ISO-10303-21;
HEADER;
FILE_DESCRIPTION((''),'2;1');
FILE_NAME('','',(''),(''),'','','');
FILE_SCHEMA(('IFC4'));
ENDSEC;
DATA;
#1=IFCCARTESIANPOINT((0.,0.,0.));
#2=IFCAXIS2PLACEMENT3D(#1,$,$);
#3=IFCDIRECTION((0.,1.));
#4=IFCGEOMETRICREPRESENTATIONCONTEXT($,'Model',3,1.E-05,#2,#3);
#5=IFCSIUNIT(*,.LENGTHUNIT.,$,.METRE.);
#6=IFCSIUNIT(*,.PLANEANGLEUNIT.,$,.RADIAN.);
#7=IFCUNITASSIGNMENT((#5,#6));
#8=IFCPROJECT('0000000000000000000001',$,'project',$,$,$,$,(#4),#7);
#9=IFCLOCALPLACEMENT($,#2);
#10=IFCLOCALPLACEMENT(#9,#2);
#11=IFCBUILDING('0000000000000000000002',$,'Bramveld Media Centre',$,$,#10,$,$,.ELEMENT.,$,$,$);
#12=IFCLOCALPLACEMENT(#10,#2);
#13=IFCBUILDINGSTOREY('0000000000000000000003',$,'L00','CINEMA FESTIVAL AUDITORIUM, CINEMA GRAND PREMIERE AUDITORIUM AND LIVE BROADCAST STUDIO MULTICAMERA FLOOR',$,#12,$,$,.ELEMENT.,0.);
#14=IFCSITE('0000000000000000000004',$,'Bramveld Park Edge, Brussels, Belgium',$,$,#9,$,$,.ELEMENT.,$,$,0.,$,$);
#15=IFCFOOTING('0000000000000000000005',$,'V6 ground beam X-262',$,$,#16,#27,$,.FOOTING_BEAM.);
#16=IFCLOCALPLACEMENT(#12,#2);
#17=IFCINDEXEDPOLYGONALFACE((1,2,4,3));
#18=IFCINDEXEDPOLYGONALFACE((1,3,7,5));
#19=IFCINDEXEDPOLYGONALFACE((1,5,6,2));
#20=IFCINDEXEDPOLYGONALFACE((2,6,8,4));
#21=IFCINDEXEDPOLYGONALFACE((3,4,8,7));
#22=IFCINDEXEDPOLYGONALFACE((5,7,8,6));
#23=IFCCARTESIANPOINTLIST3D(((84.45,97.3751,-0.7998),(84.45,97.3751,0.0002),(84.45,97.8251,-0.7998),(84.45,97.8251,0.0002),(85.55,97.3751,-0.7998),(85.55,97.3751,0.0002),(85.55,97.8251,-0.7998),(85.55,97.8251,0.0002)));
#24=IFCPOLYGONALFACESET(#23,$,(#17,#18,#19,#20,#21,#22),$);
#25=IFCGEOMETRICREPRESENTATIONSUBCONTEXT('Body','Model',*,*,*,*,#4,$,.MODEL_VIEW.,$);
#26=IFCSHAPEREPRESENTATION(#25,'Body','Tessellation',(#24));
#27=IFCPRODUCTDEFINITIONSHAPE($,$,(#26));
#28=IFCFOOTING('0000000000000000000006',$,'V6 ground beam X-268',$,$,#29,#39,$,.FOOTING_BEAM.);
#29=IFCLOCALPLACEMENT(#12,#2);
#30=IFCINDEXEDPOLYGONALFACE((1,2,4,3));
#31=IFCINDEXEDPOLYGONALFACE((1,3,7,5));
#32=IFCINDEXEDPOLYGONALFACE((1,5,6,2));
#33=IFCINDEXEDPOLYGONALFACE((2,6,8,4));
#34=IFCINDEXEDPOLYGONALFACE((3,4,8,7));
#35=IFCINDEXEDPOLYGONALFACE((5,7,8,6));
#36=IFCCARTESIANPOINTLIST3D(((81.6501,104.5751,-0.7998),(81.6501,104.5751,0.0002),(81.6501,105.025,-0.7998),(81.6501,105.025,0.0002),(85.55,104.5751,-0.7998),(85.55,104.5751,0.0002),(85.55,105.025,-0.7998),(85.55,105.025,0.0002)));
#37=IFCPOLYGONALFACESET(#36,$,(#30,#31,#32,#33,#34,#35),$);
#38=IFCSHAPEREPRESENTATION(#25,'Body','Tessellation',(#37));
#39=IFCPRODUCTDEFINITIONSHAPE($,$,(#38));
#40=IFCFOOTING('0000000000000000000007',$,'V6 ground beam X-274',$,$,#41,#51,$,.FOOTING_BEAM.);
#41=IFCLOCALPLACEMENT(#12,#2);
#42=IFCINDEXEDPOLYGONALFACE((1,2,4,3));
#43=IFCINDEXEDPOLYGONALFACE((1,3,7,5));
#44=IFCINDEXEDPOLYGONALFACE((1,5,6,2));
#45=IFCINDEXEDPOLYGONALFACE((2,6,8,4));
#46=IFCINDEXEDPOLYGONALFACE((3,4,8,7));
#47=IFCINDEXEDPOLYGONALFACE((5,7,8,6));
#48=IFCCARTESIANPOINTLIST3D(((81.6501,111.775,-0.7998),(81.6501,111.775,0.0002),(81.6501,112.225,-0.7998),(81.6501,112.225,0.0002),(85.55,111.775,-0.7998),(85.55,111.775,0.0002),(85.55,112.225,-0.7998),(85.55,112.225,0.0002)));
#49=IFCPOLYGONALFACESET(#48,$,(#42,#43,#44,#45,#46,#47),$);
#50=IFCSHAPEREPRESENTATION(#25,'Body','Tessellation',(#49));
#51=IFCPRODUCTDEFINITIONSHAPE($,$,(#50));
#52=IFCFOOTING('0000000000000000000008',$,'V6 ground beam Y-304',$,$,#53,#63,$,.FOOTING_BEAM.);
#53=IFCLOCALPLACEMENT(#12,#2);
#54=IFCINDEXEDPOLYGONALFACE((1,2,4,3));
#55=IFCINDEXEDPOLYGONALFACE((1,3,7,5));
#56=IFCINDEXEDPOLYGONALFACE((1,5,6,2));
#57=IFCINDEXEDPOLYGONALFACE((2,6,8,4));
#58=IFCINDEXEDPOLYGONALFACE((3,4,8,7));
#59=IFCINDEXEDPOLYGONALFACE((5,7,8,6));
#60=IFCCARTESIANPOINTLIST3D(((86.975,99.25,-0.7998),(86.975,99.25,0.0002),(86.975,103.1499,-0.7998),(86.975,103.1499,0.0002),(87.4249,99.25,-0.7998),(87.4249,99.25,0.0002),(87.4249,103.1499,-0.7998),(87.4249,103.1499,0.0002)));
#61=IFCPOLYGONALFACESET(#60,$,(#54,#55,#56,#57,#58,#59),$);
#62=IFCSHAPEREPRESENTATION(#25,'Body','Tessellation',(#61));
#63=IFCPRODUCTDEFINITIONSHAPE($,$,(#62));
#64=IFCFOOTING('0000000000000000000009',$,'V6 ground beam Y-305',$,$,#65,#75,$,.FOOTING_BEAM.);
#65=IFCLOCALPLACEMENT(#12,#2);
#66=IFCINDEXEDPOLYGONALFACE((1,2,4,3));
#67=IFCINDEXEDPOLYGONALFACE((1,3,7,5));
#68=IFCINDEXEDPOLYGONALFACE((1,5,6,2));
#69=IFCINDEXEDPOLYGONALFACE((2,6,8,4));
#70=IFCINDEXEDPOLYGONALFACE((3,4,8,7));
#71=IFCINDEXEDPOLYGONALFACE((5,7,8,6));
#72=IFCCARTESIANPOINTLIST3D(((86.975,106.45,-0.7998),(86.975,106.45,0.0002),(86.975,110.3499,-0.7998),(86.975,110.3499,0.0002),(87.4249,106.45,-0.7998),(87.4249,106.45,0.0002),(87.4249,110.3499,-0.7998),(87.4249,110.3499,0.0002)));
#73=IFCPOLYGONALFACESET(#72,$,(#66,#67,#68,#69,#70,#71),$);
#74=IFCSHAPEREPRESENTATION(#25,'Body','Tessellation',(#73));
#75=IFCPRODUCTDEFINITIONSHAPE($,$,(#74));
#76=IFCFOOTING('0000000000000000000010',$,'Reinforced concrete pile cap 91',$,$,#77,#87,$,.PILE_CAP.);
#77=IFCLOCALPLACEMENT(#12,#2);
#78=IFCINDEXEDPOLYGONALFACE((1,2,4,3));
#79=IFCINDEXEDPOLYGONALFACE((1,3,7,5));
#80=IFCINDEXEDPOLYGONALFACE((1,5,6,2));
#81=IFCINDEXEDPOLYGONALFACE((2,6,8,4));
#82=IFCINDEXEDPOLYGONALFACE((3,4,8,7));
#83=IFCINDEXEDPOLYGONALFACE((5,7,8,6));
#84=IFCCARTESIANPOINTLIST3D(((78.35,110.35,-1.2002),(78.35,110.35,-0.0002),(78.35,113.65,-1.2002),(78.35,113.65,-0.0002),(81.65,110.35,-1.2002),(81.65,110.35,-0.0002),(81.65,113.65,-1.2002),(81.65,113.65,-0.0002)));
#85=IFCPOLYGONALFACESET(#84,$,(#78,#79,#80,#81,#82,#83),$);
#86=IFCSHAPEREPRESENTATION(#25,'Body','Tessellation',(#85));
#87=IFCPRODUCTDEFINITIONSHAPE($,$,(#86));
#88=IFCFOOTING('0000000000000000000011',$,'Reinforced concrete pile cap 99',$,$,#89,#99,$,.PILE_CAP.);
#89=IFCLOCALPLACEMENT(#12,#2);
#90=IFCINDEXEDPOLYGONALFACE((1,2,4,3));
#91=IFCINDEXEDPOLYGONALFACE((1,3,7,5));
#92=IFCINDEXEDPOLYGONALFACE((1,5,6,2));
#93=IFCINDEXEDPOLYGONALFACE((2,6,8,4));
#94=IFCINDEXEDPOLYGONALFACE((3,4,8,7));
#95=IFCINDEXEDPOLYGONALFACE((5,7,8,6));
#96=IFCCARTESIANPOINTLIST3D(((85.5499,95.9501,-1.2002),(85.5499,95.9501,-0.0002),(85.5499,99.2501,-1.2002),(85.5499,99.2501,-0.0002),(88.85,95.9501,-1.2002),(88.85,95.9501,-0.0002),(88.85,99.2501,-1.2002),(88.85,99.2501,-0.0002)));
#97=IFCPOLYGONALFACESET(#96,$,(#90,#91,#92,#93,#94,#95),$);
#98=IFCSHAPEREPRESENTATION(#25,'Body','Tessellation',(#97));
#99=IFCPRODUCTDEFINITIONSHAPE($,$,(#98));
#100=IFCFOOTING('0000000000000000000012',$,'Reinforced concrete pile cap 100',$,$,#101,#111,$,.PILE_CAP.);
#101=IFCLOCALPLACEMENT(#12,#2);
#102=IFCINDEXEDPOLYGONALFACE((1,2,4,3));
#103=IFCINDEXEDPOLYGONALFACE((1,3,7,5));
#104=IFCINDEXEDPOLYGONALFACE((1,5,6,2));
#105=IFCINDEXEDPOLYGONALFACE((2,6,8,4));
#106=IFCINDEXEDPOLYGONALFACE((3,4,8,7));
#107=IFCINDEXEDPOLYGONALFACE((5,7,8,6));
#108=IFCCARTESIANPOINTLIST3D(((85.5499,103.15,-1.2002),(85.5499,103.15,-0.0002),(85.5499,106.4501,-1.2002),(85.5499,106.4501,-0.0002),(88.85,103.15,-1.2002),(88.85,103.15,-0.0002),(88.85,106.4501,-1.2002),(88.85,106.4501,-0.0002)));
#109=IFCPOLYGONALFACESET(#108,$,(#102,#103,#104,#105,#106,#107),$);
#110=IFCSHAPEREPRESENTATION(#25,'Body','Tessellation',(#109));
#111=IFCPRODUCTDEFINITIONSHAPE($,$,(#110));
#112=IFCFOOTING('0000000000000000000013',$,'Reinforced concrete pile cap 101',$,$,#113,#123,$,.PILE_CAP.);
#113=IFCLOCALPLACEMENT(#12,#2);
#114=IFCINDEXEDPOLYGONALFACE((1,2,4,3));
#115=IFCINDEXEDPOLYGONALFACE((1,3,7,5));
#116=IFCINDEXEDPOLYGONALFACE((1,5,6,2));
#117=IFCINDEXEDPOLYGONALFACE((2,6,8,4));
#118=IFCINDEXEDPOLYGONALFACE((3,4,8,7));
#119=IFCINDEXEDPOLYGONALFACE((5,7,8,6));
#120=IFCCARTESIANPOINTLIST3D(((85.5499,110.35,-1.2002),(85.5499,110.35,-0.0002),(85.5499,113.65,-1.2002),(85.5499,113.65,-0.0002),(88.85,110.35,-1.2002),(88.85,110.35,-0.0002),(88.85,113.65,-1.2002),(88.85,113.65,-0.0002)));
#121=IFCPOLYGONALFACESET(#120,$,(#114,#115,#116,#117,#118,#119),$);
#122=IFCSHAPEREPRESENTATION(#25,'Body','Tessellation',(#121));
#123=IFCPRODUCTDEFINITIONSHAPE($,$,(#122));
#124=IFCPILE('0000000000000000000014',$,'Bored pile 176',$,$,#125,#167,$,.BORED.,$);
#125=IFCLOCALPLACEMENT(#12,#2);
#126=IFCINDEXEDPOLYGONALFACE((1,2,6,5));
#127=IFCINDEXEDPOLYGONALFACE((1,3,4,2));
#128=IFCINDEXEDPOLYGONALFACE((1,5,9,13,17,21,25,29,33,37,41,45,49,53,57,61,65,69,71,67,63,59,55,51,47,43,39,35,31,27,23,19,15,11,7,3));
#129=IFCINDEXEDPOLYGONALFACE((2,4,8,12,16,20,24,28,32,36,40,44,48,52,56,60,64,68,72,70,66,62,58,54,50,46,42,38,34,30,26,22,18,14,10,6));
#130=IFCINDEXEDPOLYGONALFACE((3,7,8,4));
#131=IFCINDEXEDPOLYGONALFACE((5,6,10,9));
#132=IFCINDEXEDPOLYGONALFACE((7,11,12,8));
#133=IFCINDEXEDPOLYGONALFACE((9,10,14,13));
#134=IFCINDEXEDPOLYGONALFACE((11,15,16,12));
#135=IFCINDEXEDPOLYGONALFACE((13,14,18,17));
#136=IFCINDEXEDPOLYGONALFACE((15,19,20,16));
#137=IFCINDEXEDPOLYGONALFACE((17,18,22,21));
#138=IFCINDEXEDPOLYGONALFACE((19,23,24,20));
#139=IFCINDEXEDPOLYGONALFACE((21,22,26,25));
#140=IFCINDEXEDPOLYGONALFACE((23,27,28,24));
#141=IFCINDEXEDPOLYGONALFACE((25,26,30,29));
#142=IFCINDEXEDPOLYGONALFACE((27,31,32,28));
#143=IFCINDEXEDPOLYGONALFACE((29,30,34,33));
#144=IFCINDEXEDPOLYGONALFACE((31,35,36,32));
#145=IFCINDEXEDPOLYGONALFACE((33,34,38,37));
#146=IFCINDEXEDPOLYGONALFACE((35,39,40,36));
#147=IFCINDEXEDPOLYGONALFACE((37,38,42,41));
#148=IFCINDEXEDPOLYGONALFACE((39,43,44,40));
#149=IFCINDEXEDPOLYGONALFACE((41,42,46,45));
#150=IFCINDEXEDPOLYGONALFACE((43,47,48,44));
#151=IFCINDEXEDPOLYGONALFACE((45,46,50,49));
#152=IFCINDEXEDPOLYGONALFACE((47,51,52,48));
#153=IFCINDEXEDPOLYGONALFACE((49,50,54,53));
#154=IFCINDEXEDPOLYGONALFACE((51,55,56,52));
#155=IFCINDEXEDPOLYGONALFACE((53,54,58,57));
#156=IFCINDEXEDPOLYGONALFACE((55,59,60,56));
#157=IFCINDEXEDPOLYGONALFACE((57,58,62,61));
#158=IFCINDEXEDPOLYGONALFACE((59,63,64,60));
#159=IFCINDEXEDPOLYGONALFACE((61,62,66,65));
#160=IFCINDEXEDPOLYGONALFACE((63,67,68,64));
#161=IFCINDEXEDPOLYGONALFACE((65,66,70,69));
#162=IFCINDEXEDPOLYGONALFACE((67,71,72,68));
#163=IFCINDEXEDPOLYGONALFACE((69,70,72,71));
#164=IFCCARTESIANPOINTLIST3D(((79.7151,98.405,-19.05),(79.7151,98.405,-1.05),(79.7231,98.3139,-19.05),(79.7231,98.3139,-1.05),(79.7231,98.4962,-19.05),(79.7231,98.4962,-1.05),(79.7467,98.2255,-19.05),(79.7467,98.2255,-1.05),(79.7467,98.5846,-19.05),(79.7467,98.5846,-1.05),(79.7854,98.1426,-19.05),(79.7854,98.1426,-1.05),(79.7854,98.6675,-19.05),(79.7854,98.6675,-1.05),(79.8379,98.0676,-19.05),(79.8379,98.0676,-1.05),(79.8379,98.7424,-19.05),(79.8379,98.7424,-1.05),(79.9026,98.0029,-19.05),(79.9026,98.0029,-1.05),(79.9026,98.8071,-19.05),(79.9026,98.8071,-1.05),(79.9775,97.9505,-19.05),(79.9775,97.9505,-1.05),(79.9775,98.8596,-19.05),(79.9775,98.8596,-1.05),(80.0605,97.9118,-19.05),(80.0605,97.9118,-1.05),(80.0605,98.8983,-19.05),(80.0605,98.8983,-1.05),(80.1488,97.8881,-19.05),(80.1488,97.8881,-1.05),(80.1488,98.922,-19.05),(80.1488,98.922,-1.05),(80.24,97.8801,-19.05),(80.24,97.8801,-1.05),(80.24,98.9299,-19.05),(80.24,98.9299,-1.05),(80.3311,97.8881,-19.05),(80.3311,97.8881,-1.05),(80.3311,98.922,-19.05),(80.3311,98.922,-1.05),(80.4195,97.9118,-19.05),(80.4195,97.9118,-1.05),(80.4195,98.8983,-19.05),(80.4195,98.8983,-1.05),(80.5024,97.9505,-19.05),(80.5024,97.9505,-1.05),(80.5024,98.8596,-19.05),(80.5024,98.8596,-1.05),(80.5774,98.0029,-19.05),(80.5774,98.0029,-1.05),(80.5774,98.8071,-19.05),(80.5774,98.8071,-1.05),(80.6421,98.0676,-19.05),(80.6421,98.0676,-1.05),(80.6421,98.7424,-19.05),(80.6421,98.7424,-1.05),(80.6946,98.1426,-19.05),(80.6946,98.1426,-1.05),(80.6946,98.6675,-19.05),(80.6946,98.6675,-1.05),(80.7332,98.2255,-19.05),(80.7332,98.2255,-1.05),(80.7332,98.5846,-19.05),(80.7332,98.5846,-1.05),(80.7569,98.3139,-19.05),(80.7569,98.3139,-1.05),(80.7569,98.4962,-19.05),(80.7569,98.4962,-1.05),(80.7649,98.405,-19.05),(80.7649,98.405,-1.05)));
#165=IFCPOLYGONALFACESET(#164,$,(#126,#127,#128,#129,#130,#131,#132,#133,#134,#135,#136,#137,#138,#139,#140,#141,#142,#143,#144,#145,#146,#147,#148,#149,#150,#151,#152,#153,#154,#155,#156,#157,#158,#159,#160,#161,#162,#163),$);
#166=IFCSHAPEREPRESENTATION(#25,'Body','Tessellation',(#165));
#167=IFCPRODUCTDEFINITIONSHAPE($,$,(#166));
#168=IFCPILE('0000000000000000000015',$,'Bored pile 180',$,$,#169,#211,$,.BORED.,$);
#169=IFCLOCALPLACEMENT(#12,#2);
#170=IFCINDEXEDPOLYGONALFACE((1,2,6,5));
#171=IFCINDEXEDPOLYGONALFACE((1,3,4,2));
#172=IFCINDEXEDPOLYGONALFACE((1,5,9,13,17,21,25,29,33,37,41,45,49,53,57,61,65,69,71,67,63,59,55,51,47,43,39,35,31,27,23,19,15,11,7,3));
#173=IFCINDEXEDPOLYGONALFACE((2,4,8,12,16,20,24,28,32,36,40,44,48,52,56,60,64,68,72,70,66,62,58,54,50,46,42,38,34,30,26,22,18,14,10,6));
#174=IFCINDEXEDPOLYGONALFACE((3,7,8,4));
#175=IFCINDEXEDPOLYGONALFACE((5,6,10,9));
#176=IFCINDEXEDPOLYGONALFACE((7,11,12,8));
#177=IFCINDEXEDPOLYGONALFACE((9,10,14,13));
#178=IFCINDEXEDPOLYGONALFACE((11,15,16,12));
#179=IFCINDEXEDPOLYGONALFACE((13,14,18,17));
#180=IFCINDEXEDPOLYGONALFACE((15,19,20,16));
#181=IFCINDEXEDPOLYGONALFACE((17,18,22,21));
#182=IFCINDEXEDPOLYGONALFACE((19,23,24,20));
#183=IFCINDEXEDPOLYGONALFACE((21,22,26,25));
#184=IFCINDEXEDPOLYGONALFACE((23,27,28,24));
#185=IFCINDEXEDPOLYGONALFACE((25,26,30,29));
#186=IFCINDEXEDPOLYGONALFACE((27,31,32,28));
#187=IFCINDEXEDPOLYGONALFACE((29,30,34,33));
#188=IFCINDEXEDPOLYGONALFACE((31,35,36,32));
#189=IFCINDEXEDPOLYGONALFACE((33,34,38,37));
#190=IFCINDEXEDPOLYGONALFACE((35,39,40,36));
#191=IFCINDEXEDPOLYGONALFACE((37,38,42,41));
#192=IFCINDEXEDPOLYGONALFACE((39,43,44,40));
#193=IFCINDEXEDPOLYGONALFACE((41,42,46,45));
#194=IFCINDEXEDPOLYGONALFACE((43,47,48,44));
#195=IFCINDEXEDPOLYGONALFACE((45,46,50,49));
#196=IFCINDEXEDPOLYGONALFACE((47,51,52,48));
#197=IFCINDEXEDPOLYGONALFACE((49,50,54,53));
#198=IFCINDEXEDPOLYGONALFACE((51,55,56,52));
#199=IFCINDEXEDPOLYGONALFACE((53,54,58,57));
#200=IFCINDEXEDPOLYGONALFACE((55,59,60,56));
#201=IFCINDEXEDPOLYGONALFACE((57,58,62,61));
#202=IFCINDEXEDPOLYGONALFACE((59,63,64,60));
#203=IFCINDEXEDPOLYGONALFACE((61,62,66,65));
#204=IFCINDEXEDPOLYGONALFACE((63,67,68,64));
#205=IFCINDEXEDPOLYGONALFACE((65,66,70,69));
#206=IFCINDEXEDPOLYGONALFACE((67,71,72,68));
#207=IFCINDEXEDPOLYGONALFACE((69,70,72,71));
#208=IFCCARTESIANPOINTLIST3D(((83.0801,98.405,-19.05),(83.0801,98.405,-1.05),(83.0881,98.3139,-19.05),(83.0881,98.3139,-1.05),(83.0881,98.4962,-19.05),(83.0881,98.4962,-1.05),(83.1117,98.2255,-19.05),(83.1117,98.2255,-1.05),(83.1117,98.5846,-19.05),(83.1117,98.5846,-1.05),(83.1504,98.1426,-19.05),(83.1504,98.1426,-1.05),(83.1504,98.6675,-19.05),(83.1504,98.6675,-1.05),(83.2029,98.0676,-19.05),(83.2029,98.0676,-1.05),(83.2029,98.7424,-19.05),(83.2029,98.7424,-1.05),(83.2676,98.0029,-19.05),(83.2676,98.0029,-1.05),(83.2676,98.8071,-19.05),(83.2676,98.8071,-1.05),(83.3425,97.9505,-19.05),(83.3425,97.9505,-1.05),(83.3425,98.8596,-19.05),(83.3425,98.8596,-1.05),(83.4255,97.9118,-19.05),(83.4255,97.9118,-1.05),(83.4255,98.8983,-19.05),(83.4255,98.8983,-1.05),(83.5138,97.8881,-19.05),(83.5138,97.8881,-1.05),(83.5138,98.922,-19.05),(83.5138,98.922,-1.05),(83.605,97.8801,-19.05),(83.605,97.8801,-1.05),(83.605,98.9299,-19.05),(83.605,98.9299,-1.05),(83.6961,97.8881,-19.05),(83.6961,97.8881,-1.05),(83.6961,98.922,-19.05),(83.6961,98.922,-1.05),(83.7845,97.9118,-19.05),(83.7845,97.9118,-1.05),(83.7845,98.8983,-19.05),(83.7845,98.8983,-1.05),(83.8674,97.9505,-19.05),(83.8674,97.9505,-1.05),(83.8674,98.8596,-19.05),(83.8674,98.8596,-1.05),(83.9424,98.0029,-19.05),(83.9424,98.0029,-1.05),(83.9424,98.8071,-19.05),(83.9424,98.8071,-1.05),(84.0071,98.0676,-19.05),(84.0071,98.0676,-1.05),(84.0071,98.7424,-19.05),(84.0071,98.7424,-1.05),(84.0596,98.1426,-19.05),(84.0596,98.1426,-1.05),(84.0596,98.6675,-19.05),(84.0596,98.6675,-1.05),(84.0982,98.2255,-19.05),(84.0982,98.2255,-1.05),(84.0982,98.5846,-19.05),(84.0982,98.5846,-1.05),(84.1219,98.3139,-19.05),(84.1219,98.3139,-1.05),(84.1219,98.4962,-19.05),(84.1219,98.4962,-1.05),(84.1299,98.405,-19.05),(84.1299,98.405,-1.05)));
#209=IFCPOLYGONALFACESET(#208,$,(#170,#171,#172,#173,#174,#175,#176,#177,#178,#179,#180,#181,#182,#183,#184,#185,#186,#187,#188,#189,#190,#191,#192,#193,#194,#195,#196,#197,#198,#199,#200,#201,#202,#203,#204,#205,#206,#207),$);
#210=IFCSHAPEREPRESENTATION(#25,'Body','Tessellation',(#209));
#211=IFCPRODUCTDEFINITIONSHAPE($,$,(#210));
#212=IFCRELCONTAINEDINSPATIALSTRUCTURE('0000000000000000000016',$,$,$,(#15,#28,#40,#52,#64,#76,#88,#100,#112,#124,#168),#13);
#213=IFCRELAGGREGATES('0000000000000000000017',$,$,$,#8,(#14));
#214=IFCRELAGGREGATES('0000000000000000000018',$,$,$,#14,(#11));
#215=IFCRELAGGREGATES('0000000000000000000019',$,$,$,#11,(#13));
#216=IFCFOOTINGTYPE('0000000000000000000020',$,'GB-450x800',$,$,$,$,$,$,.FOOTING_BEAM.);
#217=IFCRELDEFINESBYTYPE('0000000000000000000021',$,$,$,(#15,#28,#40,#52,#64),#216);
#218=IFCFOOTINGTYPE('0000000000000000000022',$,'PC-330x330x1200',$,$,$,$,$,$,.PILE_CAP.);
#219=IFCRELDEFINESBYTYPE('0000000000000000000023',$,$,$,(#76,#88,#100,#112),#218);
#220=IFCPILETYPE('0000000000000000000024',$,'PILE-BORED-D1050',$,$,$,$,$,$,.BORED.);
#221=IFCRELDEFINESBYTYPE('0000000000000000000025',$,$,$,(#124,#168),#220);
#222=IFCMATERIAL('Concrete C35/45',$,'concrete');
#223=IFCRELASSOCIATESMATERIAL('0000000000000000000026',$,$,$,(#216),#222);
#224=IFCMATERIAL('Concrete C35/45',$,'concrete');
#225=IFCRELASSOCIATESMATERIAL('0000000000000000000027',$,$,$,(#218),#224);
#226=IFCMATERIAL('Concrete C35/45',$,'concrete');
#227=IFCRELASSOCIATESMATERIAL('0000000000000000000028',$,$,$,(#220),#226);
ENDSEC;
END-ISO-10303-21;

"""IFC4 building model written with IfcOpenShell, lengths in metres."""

from ifc_helpers import new_model, si_unit, direction, frame, origin, origin_2d, place, context, subcontext, project, spatial, rectangle, circle, extrude, material, material_profile, profile_set, type_object, element, save


model = new_model("IFC4")

# Units and contexts
model_context = context("Model", 3, precision=1e-05, world=origin(), true_north=direction((0.0, 1.0)))
body_context = subcontext(model_context, "Body", "Model", "MODEL_VIEW")
ifc_project = project(units=[si_unit("LENGTHUNIT", "METRE"), si_unit("PLANEANGLEUNIT", "RADIAN")], contexts=[model_context])

# Site, building, storey
site_placement = place(None, origin())
site = spatial("IfcSite", under=ifc_project, at=site_placement, Name="Bramveld Park Edge, Brussels, Belgium", CompositionType="ELEMENT", RefElevation=0.0)
building_placement = place(site_placement, origin())
building = spatial("IfcBuilding", under=site, at=building_placement, Name="Bramveld Media Centre", CompositionType="ELEMENT")
storey_placement = place(building_placement, origin())
storey = spatial("IfcBuildingStorey", under=building, at=storey_placement, Name="L00", Description="CINEMA FESTIVAL AUDITORIUM, CINEMA GRAND PREMIERE AUDITORIUM AND LIVE BROADCAST STUDIO MULTICAMERA FLOOR", CompositionType="ELEMENT", Elevation=0.0)

# Footings
ifc_material_1 = material(Name="Concrete C35/45", Category="concrete")
footing_type_1 = type_object("IfcFootingType", Name="GB-450x800", PredefinedType="FOOTING_BEAM", material=ifc_material_1)
footing_placement = place(storey_placement, frame((85.0, 97.6001, -0.7998), z_axis=(0.0, 0.0, 1.0), x_axis=(1.0, 0.0, 0.0)))
element("IfcFooting", 1, at=footing_placement, inside=storey, type_object=footing_type_1, Name="V6 ground beam X-262", PredefinedType="FOOTING_BEAM", context=body_context, shape_type="SweptSolid", body=[
    extrude(rectangle(XDim=1.1001, YDim=0.45, at=origin_2d()), origin(), (0.0, 0.0, 1.0), 0.8),
])
for number, where, z_axis, x_axis, name in (
    (2, (83.6001, 104.8, -0.7998), (0.0, 0.0, 1.0), (1.0, 0.0, 0.0), "V6 ground beam X-268"),
    (3, (83.6001, 112.0, -0.7998), (0.0, 0.0, 1.0), (1.0, 0.0, 0.0), "V6 ground beam X-274"),
):
    element("IfcFooting", number, at=place(storey_placement, frame(where, z_axis=z_axis, x_axis=x_axis)), inside=storey, type_object=footing_type_1, Name=name, PredefinedType="FOOTING_BEAM", context=body_context, shape_type="SweptSolid", body=[
        extrude(rectangle(XDim=3.8999, YDim=0.45, at=origin_2d()), origin(), (0.0, 0.0, 1.0), 0.8),
    ])
for number, where, z_axis, x_axis, name in (
    (4, (87.2, 101.2, -0.7998), (0.0, 0.0, 1.0), (1.0, 0.0, 0.0), "V6 ground beam Y-304"),
    (5, (87.2, 108.3999, -0.7998), (0.0, 0.0, 1.0), (1.0, 0.0, 0.0), "V6 ground beam Y-305"),
):
    element("IfcFooting", number, at=place(storey_placement, frame(where, z_axis=z_axis, x_axis=x_axis)), inside=storey, type_object=footing_type_1, Name=name, PredefinedType="FOOTING_BEAM", context=body_context, shape_type="SweptSolid", body=[
        extrude(rectangle(XDim=0.45, YDim=3.8999, at=origin_2d()), origin(), (0.0, 0.0, 1.0), 0.8),
    ])
ifc_material_2 = material(Name="Concrete C35/45", Category="concrete")
footing_type_2 = type_object("IfcFootingType", Name="PC-330x330x1200", PredefinedType="PILE_CAP", material=ifc_material_2)
for number, where, z_axis, x_axis, name in (
    (6, (80.0, 112.0, -1.2002), (0.0, 0.0, 1.0), (1.0, 0.0, 0.0), "Reinforced concrete pile cap 91"),
    (7, (87.2, 97.6001, -1.2002), (0.0, 0.0, 1.0), (1.0, 0.0, 0.0), "Reinforced concrete pile cap 99"),
    (8, (87.2, 104.8, -1.2002), (0.0, 0.0, 1.0), (1.0, 0.0, 0.0), "Reinforced concrete pile cap 100"),
    (9, (87.2, 112.0, -1.2002), (0.0, 0.0, 1.0), (1.0, 0.0, 0.0), "Reinforced concrete pile cap 101"),
):
    element("IfcFooting", number, at=place(storey_placement, frame(where, z_axis=z_axis, x_axis=x_axis)), inside=storey, type_object=footing_type_2, Name=name, PredefinedType="PILE_CAP", context=body_context, shape_type="SweptSolid", body=[
        extrude(rectangle(XDim=3.3, YDim=3.3, at=origin_2d()), origin(), (0.0, 0.0, 1.0), 1.2),
    ])

# Piles
ifc_material_3 = material(Name="Concrete C35/45", Category="concrete")
ifc_material_profile_1 = material_profile(ifc_material_3, circle(Radius=0.5249, at=origin_2d()), Name="BORED D1050")
ifc_profile_set_1 = profile_set([ifc_material_profile_1], Name="Concrete C35/45")
pile_type_1 = type_object("IfcPileType", Name="PILE-BORED-D1050", PredefinedType="BORED", material=ifc_profile_set_1)
for number, where, z_axis, x_axis, name in (
    (10, (80.24, 98.405, -1.05), (0.0, 0.0, -1.0), (1.0, 0.0, 0.0), "Bored pile 176"),
    (11, (83.605, 98.405, -1.05), (0.0, 0.0, -1.0), (1.0, 0.0, 0.0), "Bored pile 180"),
):
    element("IfcPile", number, at=place(storey_placement, frame(where, z_axis=z_axis, x_axis=x_axis)), inside=storey, type_object=pile_type_1, Name=name, PredefinedType="BORED", context=body_context, shape_type="SweptSolid", body=[
        extrude(circle(Radius=0.5249, at=origin_2d()), origin(), (0.0, 0.0, 1.0), 18.0),
    ])

save(model, "model.ifc")
